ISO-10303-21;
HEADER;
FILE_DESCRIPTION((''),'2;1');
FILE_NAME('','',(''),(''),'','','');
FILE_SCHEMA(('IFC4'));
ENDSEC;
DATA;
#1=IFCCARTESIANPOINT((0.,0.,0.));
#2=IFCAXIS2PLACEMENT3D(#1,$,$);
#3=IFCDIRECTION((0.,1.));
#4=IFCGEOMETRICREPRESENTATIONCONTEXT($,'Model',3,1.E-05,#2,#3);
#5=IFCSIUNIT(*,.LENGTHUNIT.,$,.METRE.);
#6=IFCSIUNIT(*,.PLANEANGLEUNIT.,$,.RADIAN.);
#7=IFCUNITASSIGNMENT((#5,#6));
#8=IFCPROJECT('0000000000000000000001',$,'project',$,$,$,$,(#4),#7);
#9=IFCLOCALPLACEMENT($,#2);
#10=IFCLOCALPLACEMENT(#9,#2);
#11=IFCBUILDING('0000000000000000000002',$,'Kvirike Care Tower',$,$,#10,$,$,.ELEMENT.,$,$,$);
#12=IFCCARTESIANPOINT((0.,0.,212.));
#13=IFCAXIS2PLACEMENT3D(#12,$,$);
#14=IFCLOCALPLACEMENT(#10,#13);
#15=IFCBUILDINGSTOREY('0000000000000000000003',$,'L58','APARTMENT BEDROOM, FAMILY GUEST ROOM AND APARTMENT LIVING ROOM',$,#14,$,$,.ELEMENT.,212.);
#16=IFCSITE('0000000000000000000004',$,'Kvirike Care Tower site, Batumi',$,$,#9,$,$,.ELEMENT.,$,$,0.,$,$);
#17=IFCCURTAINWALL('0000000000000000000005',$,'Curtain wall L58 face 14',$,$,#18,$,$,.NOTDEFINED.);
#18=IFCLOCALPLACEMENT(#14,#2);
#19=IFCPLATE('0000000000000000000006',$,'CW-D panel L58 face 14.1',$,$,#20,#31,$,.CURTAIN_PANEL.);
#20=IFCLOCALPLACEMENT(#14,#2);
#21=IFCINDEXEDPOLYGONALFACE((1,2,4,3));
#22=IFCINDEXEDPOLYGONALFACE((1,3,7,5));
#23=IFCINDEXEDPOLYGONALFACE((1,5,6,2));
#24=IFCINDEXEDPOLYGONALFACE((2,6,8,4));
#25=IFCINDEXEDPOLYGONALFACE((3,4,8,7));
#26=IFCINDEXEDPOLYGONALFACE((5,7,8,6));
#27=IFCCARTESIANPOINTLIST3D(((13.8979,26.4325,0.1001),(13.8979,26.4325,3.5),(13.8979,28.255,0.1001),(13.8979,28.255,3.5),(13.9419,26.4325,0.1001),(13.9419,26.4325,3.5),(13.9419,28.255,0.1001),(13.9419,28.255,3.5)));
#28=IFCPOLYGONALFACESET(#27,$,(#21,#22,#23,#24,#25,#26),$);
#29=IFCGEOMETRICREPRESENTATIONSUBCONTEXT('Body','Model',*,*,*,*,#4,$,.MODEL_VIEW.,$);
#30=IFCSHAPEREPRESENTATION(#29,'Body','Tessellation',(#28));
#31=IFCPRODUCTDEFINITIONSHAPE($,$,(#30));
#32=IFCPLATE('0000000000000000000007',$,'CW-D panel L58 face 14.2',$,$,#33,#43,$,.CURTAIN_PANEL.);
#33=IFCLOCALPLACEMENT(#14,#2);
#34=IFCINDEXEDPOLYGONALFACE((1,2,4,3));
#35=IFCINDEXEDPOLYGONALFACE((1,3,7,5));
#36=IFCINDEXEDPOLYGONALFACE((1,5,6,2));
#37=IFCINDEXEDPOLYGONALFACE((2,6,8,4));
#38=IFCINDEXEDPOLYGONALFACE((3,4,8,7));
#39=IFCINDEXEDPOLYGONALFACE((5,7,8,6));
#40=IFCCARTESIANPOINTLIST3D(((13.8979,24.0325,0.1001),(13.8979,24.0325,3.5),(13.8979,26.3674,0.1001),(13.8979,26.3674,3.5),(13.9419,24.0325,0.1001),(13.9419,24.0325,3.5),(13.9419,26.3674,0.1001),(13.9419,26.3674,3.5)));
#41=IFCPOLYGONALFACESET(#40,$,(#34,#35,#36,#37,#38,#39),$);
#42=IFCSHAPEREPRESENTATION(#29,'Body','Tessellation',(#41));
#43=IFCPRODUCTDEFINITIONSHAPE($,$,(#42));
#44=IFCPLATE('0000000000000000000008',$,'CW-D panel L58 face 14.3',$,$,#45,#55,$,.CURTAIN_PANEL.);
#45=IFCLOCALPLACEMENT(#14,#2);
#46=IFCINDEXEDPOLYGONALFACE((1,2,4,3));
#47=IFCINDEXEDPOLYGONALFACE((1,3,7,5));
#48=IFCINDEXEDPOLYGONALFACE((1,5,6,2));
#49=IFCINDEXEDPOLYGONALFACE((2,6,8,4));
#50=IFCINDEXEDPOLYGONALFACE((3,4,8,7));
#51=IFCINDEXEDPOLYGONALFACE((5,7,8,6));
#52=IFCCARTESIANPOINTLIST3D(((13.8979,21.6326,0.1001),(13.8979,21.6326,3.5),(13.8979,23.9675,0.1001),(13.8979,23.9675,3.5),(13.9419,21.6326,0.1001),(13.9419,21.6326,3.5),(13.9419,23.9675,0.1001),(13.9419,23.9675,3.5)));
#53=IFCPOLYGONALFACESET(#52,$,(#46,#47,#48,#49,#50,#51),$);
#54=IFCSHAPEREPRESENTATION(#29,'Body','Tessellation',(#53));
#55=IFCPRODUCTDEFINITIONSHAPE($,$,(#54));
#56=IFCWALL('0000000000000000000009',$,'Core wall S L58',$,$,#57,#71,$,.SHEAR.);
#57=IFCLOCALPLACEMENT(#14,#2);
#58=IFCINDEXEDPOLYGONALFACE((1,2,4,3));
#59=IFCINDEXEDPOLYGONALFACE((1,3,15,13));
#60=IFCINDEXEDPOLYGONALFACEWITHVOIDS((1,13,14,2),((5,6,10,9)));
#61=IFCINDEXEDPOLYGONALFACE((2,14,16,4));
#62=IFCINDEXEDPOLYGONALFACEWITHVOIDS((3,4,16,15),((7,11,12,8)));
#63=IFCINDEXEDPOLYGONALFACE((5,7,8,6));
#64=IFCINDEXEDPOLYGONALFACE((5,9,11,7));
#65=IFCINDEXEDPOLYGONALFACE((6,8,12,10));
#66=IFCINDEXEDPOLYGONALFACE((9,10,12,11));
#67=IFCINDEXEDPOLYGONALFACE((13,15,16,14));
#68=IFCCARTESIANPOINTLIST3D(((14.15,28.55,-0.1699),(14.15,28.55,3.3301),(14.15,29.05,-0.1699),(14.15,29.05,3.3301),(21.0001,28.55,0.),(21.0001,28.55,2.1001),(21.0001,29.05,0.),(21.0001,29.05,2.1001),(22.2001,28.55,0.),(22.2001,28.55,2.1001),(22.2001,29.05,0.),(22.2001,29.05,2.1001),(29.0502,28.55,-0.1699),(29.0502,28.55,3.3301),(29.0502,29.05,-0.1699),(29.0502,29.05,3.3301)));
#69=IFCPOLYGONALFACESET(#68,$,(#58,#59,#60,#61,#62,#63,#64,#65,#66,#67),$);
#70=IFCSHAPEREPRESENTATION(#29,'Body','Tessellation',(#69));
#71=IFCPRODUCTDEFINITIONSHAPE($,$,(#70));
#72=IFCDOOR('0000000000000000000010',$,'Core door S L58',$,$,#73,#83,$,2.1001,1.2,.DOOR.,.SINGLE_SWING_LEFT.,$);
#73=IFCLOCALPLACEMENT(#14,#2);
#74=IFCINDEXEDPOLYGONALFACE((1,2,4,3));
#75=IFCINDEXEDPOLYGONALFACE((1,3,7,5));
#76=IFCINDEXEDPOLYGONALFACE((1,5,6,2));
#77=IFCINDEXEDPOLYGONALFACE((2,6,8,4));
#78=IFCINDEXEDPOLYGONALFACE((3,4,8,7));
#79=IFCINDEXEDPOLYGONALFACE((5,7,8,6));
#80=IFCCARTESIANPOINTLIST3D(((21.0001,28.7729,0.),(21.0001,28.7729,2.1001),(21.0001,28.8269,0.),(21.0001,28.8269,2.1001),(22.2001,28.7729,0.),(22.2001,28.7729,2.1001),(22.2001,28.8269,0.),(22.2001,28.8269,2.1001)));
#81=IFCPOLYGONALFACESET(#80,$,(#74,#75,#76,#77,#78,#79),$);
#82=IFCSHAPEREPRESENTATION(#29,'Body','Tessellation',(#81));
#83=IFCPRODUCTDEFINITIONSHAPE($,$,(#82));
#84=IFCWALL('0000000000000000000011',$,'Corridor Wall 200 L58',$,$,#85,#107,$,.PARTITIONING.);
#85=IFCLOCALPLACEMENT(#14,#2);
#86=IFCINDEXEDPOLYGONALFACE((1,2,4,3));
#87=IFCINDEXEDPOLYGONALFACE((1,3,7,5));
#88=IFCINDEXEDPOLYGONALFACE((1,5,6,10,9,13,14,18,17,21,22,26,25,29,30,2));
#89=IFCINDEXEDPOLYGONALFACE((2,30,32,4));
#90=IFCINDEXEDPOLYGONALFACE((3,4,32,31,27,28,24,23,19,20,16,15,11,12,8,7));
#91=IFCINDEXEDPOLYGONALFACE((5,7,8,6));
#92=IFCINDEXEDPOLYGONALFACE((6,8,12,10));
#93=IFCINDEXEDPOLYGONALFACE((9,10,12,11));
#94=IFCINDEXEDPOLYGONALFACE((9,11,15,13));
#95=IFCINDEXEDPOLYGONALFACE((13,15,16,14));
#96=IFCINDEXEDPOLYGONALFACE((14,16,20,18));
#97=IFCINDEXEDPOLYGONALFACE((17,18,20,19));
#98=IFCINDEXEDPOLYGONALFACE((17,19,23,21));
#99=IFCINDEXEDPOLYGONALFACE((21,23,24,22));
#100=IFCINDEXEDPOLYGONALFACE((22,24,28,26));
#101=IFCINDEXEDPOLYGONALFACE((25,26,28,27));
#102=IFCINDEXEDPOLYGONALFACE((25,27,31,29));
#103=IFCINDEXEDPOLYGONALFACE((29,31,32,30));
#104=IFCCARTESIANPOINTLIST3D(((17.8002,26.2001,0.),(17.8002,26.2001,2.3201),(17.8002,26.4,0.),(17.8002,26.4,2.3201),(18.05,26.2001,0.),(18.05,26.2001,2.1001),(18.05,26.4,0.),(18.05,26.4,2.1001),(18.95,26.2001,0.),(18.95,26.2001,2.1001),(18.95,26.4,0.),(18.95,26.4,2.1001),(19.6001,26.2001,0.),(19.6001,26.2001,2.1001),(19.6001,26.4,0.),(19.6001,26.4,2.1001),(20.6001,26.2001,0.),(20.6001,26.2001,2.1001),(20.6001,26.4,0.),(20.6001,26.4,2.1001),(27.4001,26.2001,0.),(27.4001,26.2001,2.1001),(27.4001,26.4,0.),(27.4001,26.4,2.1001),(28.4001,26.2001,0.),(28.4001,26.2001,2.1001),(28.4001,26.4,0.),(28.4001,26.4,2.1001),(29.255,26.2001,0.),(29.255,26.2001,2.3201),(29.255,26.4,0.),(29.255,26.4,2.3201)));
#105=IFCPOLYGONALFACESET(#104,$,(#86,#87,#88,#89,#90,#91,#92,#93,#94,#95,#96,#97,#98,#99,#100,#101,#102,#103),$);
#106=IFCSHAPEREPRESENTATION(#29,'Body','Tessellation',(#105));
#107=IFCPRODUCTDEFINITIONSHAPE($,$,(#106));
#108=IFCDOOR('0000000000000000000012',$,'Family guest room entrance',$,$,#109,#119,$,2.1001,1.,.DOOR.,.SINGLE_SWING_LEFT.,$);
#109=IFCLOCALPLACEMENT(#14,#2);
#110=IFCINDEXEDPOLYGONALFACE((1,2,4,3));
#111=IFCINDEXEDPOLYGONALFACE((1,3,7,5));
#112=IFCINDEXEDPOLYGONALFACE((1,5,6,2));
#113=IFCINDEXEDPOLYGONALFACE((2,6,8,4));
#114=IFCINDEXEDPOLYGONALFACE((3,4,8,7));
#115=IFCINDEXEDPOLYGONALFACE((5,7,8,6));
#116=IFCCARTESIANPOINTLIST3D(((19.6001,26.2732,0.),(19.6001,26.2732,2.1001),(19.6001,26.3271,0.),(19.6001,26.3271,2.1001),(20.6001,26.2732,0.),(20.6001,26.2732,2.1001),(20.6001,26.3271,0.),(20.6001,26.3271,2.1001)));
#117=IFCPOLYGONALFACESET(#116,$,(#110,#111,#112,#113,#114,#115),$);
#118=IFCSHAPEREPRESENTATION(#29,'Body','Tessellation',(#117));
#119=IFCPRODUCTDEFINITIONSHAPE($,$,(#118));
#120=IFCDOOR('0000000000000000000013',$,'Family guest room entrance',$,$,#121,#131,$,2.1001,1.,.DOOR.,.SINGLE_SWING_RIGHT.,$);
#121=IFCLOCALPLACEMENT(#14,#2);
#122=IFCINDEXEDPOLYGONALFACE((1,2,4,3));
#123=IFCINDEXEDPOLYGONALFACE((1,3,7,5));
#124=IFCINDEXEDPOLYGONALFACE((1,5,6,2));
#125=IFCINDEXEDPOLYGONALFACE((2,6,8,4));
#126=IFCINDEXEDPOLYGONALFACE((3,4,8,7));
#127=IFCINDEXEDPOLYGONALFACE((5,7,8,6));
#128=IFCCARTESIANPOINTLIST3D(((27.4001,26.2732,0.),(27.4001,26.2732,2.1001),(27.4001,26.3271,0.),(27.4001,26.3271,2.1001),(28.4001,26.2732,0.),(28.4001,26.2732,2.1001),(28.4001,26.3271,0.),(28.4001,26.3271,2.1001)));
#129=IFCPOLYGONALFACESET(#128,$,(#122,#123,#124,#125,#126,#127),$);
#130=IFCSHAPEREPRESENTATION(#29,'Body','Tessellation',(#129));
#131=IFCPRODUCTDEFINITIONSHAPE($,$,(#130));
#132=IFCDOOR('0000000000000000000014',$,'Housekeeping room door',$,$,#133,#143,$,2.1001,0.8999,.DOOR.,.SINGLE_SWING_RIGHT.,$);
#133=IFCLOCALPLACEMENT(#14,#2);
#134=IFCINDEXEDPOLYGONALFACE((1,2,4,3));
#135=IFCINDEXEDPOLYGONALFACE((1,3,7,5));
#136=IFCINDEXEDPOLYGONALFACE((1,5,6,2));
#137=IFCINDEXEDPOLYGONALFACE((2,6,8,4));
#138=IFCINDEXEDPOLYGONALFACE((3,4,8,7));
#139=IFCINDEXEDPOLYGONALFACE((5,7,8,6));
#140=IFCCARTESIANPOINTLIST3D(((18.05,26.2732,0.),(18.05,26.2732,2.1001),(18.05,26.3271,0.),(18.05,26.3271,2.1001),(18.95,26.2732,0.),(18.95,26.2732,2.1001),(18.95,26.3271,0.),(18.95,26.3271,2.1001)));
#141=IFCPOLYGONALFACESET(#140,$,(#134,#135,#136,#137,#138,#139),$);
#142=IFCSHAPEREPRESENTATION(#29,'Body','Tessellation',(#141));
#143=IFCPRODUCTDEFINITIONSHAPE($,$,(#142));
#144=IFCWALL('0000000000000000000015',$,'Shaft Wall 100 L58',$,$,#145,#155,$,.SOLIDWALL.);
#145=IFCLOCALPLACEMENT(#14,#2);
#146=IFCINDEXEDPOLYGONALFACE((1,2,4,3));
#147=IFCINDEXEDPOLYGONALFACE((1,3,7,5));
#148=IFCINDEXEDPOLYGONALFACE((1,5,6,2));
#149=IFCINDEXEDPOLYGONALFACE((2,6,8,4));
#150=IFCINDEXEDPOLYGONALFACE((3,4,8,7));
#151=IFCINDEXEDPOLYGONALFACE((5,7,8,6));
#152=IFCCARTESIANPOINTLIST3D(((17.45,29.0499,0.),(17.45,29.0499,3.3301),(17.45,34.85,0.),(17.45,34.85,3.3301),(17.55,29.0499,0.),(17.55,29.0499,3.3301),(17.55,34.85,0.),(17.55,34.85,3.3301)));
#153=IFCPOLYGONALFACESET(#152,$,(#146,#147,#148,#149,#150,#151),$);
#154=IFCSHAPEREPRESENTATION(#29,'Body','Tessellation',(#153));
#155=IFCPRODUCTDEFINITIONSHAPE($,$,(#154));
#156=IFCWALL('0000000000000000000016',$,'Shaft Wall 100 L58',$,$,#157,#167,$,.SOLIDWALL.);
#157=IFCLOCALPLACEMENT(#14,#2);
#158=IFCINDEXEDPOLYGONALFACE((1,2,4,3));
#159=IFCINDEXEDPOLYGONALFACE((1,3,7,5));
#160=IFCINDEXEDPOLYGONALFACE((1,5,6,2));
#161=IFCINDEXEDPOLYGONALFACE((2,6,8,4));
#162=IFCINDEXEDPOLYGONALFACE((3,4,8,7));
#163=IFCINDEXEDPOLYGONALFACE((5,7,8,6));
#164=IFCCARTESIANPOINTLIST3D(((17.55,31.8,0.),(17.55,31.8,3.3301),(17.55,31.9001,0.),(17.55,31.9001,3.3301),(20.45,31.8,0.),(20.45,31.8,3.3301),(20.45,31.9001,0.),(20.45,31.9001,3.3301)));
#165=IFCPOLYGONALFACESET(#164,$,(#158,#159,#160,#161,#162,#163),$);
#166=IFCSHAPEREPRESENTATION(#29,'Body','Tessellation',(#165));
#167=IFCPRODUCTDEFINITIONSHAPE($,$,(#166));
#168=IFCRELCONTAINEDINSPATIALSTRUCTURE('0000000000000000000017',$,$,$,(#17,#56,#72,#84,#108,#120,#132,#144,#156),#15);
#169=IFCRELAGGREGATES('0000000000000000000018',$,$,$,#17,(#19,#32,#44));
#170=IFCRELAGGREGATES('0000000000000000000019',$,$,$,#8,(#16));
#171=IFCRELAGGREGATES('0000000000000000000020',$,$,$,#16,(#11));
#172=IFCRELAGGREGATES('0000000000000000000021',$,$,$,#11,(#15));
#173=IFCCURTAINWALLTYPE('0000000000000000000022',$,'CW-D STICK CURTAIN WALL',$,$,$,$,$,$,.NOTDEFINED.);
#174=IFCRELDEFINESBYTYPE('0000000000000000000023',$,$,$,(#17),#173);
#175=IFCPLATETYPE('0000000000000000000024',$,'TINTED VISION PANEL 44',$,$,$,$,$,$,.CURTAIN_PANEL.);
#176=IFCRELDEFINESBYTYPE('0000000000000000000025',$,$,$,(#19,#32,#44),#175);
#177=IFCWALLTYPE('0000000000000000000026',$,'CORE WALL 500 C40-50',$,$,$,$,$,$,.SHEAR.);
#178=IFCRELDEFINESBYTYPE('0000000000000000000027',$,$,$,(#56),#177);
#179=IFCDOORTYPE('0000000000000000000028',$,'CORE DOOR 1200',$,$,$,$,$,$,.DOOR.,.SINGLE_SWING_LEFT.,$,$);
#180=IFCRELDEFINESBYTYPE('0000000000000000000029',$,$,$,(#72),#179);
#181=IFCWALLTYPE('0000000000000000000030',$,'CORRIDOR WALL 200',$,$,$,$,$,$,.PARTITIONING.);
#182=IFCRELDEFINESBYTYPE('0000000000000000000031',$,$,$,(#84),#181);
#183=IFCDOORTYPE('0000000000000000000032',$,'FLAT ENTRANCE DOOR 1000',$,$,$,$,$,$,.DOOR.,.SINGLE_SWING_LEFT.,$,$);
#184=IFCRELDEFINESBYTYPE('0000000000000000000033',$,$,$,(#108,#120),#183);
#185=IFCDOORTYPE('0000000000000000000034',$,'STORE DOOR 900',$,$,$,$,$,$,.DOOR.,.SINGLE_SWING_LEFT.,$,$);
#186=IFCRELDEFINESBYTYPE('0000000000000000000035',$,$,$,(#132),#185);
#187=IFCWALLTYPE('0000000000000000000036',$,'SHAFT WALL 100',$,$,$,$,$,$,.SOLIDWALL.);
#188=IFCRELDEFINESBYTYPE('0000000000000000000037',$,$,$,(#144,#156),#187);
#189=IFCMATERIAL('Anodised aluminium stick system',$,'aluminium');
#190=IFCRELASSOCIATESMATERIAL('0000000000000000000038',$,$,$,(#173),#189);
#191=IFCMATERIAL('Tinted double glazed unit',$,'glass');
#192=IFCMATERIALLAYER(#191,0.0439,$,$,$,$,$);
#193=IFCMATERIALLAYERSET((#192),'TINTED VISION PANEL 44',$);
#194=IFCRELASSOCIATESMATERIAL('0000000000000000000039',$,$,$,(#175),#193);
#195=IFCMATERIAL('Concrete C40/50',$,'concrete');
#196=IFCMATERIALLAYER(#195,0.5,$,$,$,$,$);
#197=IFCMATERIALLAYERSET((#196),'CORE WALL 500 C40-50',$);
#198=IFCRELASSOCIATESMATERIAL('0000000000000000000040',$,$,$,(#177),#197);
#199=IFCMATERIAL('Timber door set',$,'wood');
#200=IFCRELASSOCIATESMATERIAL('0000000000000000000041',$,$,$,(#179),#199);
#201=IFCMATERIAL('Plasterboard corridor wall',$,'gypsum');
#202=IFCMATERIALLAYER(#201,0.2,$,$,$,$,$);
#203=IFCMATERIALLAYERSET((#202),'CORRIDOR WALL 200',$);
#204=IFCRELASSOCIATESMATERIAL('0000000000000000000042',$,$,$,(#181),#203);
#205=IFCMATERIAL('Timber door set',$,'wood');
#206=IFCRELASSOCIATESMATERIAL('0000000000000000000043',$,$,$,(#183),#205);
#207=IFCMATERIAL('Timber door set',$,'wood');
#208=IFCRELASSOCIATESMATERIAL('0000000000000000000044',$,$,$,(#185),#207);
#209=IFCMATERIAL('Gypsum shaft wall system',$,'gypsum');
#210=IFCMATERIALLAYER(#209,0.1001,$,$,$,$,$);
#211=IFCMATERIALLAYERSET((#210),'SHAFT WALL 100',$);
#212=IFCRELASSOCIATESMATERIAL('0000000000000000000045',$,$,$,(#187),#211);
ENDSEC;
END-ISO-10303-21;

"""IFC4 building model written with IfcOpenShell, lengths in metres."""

from ifc_helpers import new_model, si_unit, direction, frame, frame_2d, origin, origin_2d, place, context, subcontext, project, spatial, rectangle, extrude, material, layer, layer_set, type_object, element, fill, aggregate, save


model = new_model("IFC4")

# Units and contexts
model_context = context("Model", 3, precision=1e-05, world=origin(), true_north=direction((0.0, 1.0)))
body_context = subcontext(model_context, "Body", "Model", "MODEL_VIEW")
ifc_project = project(units=[si_unit("LENGTHUNIT", "METRE"), si_unit("PLANEANGLEUNIT", "RADIAN")], contexts=[model_context])

# Site, building, storey
site_placement = place(None, origin())
site = spatial("IfcSite", under=ifc_project, at=site_placement, Name="Kvirike Care Tower site, Batumi", CompositionType="ELEMENT", RefElevation=0.0)
building_placement = place(site_placement, origin())
building = spatial("IfcBuilding", under=site, at=building_placement, Name="Kvirike Care Tower", CompositionType="ELEMENT")
storey_placement = place(building_placement, frame((0.0, 0.0, 212.0)))
storey = spatial("IfcBuildingStorey", under=building, at=storey_placement, Name="L58", Description="APARTMENT BEDROOM, FAMILY GUEST ROOM AND APARTMENT LIVING ROOM", CompositionType="ELEMENT", Elevation=212.0)

# Curtain wall
ifc_material_1 = material(Name="Anodised aluminium stick system", Category="aluminium")
curtain_wall_type = type_object("IfcCurtainWallType", Name="CW-D STICK CURTAIN WALL", PredefinedType="NOTDEFINED", material=ifc_material_1)
curtain_wall_1_placement = place(storey_placement, origin())
curtain_wall_1 = element("IfcCurtainWall", 1, at=curtain_wall_1_placement, inside=storey, type_object=curtain_wall_type, Name="Curtain wall L58 face 14", PredefinedType="NOTDEFINED")

# Plates
ifc_material_2 = material(Name="Tinted double glazed unit", Category="glass")
ifc_layer_1 = layer(ifc_material_2, 0.0439)
ifc_layer_set_1 = layer_set([ifc_layer_1], Name="TINTED VISION PANEL 44")
plate_type = type_object("IfcPlateType", Name="TINTED VISION PANEL 44", PredefinedType="CURTAIN_PANEL", material=ifc_layer_set_1)
plate_1_placement = place(storey_placement, frame((13.9199, 27.3438, 0.1001), z_axis=(0.0, 0.0, 1.0), x_axis=(0.0, -1.0, 0.0)))
plate_1 = element("IfcPlate", 2, at=plate_1_placement, type_object=plate_type, Name="CW-D panel L58 face 14.1", PredefinedType="CURTAIN_PANEL", context=body_context, shape_type="SweptSolid", body=[
    extrude(rectangle(XDim=1.8225, YDim=0.0439, at=origin_2d()), origin(), (0.0, 0.0, 1.0), 3.3999),
])
plate_2_placement = place(storey_placement, frame((13.9199, 25.2, 0.1001), z_axis=(0.0, 0.0, 1.0), x_axis=(0.0, -1.0, 0.0)))
plate_2 = element("IfcPlate", 3, at=plate_2_placement, type_object=plate_type, Name="CW-D panel L58 face 14.2", PredefinedType="CURTAIN_PANEL", context=body_context, shape_type="SweptSolid", body=[
    extrude(rectangle(XDim=2.335, YDim=0.0439, at=origin_2d()), origin(), (0.0, 0.0, 1.0), 3.3999),
])
plate_3_placement = place(storey_placement, frame((13.9199, 22.8, 0.1001), z_axis=(0.0, 0.0, 1.0), x_axis=(0.0, -1.0, 0.0)))
plate_3 = element("IfcPlate", 4, at=plate_3_placement, type_object=plate_type, Name="CW-D panel L58 face 14.3", PredefinedType="CURTAIN_PANEL", context=body_context, shape_type="SweptSolid", body=[
    extrude(rectangle(XDim=2.335, YDim=0.0439, at=origin_2d()), origin(), (0.0, 0.0, 1.0), 3.3999),
])
aggregate(curtain_wall_1, [plate_1, plate_2, plate_3])

# Wall, opening, door
ifc_material_3 = material(Name="Concrete C40/50", Category="concrete")
ifc_layer_2 = layer(ifc_material_3, 0.5)
ifc_layer_set_2 = layer_set([ifc_layer_2], Name="CORE WALL 500 C40-50")
wall_type_1 = type_object("IfcWallType", Name="CORE WALL 500 C40-50", PredefinedType="SHEAR", material=ifc_layer_set_2)
wall_1_placement = place(storey_placement, frame((14.1499, 28.8, -0.1699), z_axis=(0.0, 0.0, 1.0), x_axis=(1.0, 0.0, 0.0)))
wall_1 = element("IfcWall", 5, at=wall_1_placement, inside=storey, type_object=wall_type_1, Name="Core wall S L58", PredefinedType="SHEAR", context=body_context, shape_type="SweptSolid", body=[
    extrude(rectangle(XDim=14.9001, YDim=0.5, at=frame_2d((7.4502, 0.0))), origin(), (0.0, 0.0, 1.0), 3.5),
])
opening_1_placement = place(wall_1_placement, frame((6.8501, 0.0, 0.1699)))
opening_1 = element("IfcOpeningElement", 6, at=opening_1_placement, cuts=wall_1, PredefinedType="OPENING", context=body_context, shape_type="SweptSolid", body=[
    extrude(rectangle(XDim=1.2, YDim=2.1001, at=frame_2d((0.6001, 1.05))), frame((0.0, 0.2605, 0.0), z_axis=(0.0, -1.0, 0.0), x_axis=(1.0, 0.0, 0.0)), (0.0, 0.0, 1.0), 0.521),
])
ifc_material_4 = material(Name="Timber door set", Category="wood")
door_type_1 = type_object("IfcDoorType", Name="CORE DOOR 1200", OperationType="SINGLE_SWING_LEFT", PredefinedType="DOOR", material=ifc_material_4)
door_1_placement = place(opening_1_placement, origin())
door_1 = element("IfcDoor", 7, at=door_1_placement, inside=storey, type_object=door_type_1, Name="Core door S L58", OperationType="SINGLE_SWING_LEFT", OverallHeight=2.1001, OverallWidth=1.2, PredefinedType="DOOR", context=body_context, shape_type="SweptSolid", body=[
    extrude(rectangle(XDim=1.2, YDim=2.1001, at=frame_2d((0.6001, 1.05))), frame((0.0, 0.0269, 0.0), z_axis=(0.0, -1.0, 0.0), x_axis=(1.0, 0.0, 0.0)), (0.0, 0.0, 1.0), 0.054),
])
fill(opening_1, door_1)

# Wall, openings, doors
ifc_material_5 = material(Name="Plasterboard corridor wall", Category="gypsum")
ifc_layer_3 = layer(ifc_material_5, 0.2)
ifc_layer_set_3 = layer_set([ifc_layer_3], Name="CORRIDOR WALL 200")
wall_type_2 = type_object("IfcWallType", Name="CORRIDOR WALL 200", PredefinedType="PARTITIONING", material=ifc_layer_set_3)
wall_2_placement = place(storey_placement, frame((17.8, 26.3, 0.0), z_axis=(0.0, 0.0, 1.0), x_axis=(1.0, 0.0, 0.0)))
wall_2 = element("IfcWall", 8, at=wall_2_placement, inside=storey, type_object=wall_type_2, Name="Corridor Wall 200 L58", PredefinedType="PARTITIONING", context=body_context, shape_type="SweptSolid", body=[
    extrude(rectangle(XDim=11.4548, YDim=0.2, at=frame_2d((5.7275, 0.0))), origin(), (0.0, 0.0, 1.0), 2.3201),
])
opening_2_placement = place(wall_2_placement, frame((0.25, 0.0, 0.0)))
opening_2 = element("IfcOpeningElement", 9, at=opening_2_placement, cuts=wall_2, PredefinedType="OPENING", context=body_context, shape_type="SweptSolid", body=[
    extrude(rectangle(XDim=0.8999, YDim=2.1001, at=frame_2d((0.45, 1.05))), frame((0.0, 0.1106, 0.0), z_axis=(0.0, -1.0, 0.0), x_axis=(1.0, 0.0, 0.0)), (0.0, 0.0, 1.0), 0.2209),
])
opening_3_placement = place(wall_2_placement, frame((1.8, 0.0, 0.0)))
opening_3 = element("IfcOpeningElement", 10, at=opening_3_placement, cuts=wall_2, PredefinedType="OPENING", context=body_context, shape_type="SweptSolid", body=[
    extrude(rectangle(XDim=1.0, YDim=2.1001, at=frame_2d((0.5, 1.05))), frame((0.0, 0.1106, 0.0), z_axis=(0.0, -1.0, 0.0), x_axis=(1.0, 0.0, 0.0)), (0.0, 0.0, 1.0), 0.2209),
])
opening_4_placement = place(wall_2_placement, frame((9.6001, 0.0, 0.0)))
opening_4 = element("IfcOpeningElement", 11, at=opening_4_placement, cuts=wall_2, PredefinedType="OPENING", context=body_context, shape_type="SweptSolid", body=[
    extrude(rectangle(XDim=1.0, YDim=2.1001, at=frame_2d((0.5, 1.05))), frame((0.0, 0.1106, 0.0), z_axis=(0.0, -1.0, 0.0), x_axis=(1.0, 0.0, 0.0)), (0.0, 0.0, 1.0), 0.2209),
])
ifc_material_6 = material(Name="Timber door set", Category="wood")
door_type_2 = type_object("IfcDoorType", Name="FLAT ENTRANCE DOOR 1000", OperationType="SINGLE_SWING_LEFT", PredefinedType="DOOR", material=ifc_material_6)
door_2_placement = place(opening_3_placement, frame((1.0, 0.0, 0.0), z_axis=(0.0, 0.0, 1.0), x_axis=(-1.0, 0.0, 0.0)))
door_2 = element("IfcDoor", 12, at=door_2_placement, inside=storey, type_object=door_type_2, Name="Family guest room entrance", OperationType="SINGLE_SWING_LEFT", OverallHeight=2.1001, OverallWidth=1.0, PredefinedType="DOOR", context=body_context, shape_type="SweptSolid", body=[
    extrude(rectangle(XDim=1.0, YDim=2.1001, at=frame_2d((0.5, 1.05))), frame((0.0, 0.0269, 0.0), z_axis=(0.0, -1.0, 0.0), x_axis=(1.0, 0.0, 0.0)), (0.0, 0.0, 1.0), 0.054),
])
fill(opening_3, door_2)
door_3_placement = place(opening_4_placement, frame((1.0, 0.0, 0.0), z_axis=(0.0, 0.0, 1.0), x_axis=(-1.0, 0.0, 0.0)))
door_3 = element("IfcDoor", 13, at=door_3_placement, inside=storey, type_object=door_type_2, Name="Family guest room entrance", OperationType="SINGLE_SWING_RIGHT", OverallHeight=2.1001, OverallWidth=1.0, PredefinedType="DOOR", context=body_context, shape_type="SweptSolid", body=[
    extrude(rectangle(XDim=1.0, YDim=2.1001, at=frame_2d((0.5, 1.05))), frame((0.0, 0.0269, 0.0), z_axis=(0.0, -1.0, 0.0), x_axis=(1.0, 0.0, 0.0)), (0.0, 0.0, 1.0), 0.054),
])
fill(opening_4, door_3)
ifc_material_7 = material(Name="Timber door set", Category="wood")
door_type_3 = type_object("IfcDoorType", Name="STORE DOOR 900", OperationType="SINGLE_SWING_LEFT", PredefinedType="DOOR", material=ifc_material_7)
door_4_placement = place(opening_2_placement, frame((0.8999, 0.0, 0.0), z_axis=(0.0, 0.0, 1.0), x_axis=(-1.0, 0.0, 0.0)))
door_4 = element("IfcDoor", 14, at=door_4_placement, inside=storey, type_object=door_type_3, Name="Housekeeping room door", OperationType="SINGLE_SWING_RIGHT", OverallHeight=2.1001, OverallWidth=0.8999, PredefinedType="DOOR", context=body_context, shape_type="SweptSolid", body=[
    extrude(rectangle(XDim=0.8999, YDim=2.1001, at=frame_2d((0.45, 1.05))), frame((0.0, 0.0269, 0.0), z_axis=(0.0, -1.0, 0.0), x_axis=(1.0, 0.0, 0.0)), (0.0, 0.0, 1.0), 0.054),
])
fill(opening_2, door_4)

# Walls
ifc_material_8 = material(Name="Gypsum shaft wall system", Category="gypsum")
ifc_layer_4 = layer(ifc_material_8, 0.1001)
ifc_layer_set_4 = layer_set([ifc_layer_4], Name="SHAFT WALL 100")
wall_type_3 = type_object("IfcWallType", Name="SHAFT WALL 100", PredefinedType="SOLIDWALL", material=ifc_layer_set_4)
wall_3_placement = place(storey_placement, frame((17.5, 29.05, 0.0), z_axis=(0.0, 0.0, 1.0), x_axis=(0.0, 1.0, 0.0)))
element("IfcWall", 15, at=wall_3_placement, inside=storey, type_object=wall_type_3, Name="Shaft Wall 100 L58", PredefinedType="SOLIDWALL", context=body_context, shape_type="SweptSolid", body=[
    extrude(rectangle(XDim=5.8, YDim=0.1001, at=frame_2d((2.8999, 0.0))), origin(), (0.0, 0.0, 1.0), 3.3301),
])
wall_4_placement = place(storey_placement, frame((17.55, 31.8501, 0.0), z_axis=(0.0, 0.0, 1.0), x_axis=(1.0, 0.0, 0.0)))
element("IfcWall", 16, at=wall_4_placement, inside=storey, type_object=wall_type_3, Name="Shaft Wall 100 L58", PredefinedType="SOLIDWALL", context=body_context, shape_type="SweptSolid", body=[
    extrude(rectangle(XDim=2.8999, YDim=0.1001, at=frame_2d((1.45, 0.0))), origin(), (0.0, 0.0, 1.0), 3.3301),
])

save(model, "model.ifc")
